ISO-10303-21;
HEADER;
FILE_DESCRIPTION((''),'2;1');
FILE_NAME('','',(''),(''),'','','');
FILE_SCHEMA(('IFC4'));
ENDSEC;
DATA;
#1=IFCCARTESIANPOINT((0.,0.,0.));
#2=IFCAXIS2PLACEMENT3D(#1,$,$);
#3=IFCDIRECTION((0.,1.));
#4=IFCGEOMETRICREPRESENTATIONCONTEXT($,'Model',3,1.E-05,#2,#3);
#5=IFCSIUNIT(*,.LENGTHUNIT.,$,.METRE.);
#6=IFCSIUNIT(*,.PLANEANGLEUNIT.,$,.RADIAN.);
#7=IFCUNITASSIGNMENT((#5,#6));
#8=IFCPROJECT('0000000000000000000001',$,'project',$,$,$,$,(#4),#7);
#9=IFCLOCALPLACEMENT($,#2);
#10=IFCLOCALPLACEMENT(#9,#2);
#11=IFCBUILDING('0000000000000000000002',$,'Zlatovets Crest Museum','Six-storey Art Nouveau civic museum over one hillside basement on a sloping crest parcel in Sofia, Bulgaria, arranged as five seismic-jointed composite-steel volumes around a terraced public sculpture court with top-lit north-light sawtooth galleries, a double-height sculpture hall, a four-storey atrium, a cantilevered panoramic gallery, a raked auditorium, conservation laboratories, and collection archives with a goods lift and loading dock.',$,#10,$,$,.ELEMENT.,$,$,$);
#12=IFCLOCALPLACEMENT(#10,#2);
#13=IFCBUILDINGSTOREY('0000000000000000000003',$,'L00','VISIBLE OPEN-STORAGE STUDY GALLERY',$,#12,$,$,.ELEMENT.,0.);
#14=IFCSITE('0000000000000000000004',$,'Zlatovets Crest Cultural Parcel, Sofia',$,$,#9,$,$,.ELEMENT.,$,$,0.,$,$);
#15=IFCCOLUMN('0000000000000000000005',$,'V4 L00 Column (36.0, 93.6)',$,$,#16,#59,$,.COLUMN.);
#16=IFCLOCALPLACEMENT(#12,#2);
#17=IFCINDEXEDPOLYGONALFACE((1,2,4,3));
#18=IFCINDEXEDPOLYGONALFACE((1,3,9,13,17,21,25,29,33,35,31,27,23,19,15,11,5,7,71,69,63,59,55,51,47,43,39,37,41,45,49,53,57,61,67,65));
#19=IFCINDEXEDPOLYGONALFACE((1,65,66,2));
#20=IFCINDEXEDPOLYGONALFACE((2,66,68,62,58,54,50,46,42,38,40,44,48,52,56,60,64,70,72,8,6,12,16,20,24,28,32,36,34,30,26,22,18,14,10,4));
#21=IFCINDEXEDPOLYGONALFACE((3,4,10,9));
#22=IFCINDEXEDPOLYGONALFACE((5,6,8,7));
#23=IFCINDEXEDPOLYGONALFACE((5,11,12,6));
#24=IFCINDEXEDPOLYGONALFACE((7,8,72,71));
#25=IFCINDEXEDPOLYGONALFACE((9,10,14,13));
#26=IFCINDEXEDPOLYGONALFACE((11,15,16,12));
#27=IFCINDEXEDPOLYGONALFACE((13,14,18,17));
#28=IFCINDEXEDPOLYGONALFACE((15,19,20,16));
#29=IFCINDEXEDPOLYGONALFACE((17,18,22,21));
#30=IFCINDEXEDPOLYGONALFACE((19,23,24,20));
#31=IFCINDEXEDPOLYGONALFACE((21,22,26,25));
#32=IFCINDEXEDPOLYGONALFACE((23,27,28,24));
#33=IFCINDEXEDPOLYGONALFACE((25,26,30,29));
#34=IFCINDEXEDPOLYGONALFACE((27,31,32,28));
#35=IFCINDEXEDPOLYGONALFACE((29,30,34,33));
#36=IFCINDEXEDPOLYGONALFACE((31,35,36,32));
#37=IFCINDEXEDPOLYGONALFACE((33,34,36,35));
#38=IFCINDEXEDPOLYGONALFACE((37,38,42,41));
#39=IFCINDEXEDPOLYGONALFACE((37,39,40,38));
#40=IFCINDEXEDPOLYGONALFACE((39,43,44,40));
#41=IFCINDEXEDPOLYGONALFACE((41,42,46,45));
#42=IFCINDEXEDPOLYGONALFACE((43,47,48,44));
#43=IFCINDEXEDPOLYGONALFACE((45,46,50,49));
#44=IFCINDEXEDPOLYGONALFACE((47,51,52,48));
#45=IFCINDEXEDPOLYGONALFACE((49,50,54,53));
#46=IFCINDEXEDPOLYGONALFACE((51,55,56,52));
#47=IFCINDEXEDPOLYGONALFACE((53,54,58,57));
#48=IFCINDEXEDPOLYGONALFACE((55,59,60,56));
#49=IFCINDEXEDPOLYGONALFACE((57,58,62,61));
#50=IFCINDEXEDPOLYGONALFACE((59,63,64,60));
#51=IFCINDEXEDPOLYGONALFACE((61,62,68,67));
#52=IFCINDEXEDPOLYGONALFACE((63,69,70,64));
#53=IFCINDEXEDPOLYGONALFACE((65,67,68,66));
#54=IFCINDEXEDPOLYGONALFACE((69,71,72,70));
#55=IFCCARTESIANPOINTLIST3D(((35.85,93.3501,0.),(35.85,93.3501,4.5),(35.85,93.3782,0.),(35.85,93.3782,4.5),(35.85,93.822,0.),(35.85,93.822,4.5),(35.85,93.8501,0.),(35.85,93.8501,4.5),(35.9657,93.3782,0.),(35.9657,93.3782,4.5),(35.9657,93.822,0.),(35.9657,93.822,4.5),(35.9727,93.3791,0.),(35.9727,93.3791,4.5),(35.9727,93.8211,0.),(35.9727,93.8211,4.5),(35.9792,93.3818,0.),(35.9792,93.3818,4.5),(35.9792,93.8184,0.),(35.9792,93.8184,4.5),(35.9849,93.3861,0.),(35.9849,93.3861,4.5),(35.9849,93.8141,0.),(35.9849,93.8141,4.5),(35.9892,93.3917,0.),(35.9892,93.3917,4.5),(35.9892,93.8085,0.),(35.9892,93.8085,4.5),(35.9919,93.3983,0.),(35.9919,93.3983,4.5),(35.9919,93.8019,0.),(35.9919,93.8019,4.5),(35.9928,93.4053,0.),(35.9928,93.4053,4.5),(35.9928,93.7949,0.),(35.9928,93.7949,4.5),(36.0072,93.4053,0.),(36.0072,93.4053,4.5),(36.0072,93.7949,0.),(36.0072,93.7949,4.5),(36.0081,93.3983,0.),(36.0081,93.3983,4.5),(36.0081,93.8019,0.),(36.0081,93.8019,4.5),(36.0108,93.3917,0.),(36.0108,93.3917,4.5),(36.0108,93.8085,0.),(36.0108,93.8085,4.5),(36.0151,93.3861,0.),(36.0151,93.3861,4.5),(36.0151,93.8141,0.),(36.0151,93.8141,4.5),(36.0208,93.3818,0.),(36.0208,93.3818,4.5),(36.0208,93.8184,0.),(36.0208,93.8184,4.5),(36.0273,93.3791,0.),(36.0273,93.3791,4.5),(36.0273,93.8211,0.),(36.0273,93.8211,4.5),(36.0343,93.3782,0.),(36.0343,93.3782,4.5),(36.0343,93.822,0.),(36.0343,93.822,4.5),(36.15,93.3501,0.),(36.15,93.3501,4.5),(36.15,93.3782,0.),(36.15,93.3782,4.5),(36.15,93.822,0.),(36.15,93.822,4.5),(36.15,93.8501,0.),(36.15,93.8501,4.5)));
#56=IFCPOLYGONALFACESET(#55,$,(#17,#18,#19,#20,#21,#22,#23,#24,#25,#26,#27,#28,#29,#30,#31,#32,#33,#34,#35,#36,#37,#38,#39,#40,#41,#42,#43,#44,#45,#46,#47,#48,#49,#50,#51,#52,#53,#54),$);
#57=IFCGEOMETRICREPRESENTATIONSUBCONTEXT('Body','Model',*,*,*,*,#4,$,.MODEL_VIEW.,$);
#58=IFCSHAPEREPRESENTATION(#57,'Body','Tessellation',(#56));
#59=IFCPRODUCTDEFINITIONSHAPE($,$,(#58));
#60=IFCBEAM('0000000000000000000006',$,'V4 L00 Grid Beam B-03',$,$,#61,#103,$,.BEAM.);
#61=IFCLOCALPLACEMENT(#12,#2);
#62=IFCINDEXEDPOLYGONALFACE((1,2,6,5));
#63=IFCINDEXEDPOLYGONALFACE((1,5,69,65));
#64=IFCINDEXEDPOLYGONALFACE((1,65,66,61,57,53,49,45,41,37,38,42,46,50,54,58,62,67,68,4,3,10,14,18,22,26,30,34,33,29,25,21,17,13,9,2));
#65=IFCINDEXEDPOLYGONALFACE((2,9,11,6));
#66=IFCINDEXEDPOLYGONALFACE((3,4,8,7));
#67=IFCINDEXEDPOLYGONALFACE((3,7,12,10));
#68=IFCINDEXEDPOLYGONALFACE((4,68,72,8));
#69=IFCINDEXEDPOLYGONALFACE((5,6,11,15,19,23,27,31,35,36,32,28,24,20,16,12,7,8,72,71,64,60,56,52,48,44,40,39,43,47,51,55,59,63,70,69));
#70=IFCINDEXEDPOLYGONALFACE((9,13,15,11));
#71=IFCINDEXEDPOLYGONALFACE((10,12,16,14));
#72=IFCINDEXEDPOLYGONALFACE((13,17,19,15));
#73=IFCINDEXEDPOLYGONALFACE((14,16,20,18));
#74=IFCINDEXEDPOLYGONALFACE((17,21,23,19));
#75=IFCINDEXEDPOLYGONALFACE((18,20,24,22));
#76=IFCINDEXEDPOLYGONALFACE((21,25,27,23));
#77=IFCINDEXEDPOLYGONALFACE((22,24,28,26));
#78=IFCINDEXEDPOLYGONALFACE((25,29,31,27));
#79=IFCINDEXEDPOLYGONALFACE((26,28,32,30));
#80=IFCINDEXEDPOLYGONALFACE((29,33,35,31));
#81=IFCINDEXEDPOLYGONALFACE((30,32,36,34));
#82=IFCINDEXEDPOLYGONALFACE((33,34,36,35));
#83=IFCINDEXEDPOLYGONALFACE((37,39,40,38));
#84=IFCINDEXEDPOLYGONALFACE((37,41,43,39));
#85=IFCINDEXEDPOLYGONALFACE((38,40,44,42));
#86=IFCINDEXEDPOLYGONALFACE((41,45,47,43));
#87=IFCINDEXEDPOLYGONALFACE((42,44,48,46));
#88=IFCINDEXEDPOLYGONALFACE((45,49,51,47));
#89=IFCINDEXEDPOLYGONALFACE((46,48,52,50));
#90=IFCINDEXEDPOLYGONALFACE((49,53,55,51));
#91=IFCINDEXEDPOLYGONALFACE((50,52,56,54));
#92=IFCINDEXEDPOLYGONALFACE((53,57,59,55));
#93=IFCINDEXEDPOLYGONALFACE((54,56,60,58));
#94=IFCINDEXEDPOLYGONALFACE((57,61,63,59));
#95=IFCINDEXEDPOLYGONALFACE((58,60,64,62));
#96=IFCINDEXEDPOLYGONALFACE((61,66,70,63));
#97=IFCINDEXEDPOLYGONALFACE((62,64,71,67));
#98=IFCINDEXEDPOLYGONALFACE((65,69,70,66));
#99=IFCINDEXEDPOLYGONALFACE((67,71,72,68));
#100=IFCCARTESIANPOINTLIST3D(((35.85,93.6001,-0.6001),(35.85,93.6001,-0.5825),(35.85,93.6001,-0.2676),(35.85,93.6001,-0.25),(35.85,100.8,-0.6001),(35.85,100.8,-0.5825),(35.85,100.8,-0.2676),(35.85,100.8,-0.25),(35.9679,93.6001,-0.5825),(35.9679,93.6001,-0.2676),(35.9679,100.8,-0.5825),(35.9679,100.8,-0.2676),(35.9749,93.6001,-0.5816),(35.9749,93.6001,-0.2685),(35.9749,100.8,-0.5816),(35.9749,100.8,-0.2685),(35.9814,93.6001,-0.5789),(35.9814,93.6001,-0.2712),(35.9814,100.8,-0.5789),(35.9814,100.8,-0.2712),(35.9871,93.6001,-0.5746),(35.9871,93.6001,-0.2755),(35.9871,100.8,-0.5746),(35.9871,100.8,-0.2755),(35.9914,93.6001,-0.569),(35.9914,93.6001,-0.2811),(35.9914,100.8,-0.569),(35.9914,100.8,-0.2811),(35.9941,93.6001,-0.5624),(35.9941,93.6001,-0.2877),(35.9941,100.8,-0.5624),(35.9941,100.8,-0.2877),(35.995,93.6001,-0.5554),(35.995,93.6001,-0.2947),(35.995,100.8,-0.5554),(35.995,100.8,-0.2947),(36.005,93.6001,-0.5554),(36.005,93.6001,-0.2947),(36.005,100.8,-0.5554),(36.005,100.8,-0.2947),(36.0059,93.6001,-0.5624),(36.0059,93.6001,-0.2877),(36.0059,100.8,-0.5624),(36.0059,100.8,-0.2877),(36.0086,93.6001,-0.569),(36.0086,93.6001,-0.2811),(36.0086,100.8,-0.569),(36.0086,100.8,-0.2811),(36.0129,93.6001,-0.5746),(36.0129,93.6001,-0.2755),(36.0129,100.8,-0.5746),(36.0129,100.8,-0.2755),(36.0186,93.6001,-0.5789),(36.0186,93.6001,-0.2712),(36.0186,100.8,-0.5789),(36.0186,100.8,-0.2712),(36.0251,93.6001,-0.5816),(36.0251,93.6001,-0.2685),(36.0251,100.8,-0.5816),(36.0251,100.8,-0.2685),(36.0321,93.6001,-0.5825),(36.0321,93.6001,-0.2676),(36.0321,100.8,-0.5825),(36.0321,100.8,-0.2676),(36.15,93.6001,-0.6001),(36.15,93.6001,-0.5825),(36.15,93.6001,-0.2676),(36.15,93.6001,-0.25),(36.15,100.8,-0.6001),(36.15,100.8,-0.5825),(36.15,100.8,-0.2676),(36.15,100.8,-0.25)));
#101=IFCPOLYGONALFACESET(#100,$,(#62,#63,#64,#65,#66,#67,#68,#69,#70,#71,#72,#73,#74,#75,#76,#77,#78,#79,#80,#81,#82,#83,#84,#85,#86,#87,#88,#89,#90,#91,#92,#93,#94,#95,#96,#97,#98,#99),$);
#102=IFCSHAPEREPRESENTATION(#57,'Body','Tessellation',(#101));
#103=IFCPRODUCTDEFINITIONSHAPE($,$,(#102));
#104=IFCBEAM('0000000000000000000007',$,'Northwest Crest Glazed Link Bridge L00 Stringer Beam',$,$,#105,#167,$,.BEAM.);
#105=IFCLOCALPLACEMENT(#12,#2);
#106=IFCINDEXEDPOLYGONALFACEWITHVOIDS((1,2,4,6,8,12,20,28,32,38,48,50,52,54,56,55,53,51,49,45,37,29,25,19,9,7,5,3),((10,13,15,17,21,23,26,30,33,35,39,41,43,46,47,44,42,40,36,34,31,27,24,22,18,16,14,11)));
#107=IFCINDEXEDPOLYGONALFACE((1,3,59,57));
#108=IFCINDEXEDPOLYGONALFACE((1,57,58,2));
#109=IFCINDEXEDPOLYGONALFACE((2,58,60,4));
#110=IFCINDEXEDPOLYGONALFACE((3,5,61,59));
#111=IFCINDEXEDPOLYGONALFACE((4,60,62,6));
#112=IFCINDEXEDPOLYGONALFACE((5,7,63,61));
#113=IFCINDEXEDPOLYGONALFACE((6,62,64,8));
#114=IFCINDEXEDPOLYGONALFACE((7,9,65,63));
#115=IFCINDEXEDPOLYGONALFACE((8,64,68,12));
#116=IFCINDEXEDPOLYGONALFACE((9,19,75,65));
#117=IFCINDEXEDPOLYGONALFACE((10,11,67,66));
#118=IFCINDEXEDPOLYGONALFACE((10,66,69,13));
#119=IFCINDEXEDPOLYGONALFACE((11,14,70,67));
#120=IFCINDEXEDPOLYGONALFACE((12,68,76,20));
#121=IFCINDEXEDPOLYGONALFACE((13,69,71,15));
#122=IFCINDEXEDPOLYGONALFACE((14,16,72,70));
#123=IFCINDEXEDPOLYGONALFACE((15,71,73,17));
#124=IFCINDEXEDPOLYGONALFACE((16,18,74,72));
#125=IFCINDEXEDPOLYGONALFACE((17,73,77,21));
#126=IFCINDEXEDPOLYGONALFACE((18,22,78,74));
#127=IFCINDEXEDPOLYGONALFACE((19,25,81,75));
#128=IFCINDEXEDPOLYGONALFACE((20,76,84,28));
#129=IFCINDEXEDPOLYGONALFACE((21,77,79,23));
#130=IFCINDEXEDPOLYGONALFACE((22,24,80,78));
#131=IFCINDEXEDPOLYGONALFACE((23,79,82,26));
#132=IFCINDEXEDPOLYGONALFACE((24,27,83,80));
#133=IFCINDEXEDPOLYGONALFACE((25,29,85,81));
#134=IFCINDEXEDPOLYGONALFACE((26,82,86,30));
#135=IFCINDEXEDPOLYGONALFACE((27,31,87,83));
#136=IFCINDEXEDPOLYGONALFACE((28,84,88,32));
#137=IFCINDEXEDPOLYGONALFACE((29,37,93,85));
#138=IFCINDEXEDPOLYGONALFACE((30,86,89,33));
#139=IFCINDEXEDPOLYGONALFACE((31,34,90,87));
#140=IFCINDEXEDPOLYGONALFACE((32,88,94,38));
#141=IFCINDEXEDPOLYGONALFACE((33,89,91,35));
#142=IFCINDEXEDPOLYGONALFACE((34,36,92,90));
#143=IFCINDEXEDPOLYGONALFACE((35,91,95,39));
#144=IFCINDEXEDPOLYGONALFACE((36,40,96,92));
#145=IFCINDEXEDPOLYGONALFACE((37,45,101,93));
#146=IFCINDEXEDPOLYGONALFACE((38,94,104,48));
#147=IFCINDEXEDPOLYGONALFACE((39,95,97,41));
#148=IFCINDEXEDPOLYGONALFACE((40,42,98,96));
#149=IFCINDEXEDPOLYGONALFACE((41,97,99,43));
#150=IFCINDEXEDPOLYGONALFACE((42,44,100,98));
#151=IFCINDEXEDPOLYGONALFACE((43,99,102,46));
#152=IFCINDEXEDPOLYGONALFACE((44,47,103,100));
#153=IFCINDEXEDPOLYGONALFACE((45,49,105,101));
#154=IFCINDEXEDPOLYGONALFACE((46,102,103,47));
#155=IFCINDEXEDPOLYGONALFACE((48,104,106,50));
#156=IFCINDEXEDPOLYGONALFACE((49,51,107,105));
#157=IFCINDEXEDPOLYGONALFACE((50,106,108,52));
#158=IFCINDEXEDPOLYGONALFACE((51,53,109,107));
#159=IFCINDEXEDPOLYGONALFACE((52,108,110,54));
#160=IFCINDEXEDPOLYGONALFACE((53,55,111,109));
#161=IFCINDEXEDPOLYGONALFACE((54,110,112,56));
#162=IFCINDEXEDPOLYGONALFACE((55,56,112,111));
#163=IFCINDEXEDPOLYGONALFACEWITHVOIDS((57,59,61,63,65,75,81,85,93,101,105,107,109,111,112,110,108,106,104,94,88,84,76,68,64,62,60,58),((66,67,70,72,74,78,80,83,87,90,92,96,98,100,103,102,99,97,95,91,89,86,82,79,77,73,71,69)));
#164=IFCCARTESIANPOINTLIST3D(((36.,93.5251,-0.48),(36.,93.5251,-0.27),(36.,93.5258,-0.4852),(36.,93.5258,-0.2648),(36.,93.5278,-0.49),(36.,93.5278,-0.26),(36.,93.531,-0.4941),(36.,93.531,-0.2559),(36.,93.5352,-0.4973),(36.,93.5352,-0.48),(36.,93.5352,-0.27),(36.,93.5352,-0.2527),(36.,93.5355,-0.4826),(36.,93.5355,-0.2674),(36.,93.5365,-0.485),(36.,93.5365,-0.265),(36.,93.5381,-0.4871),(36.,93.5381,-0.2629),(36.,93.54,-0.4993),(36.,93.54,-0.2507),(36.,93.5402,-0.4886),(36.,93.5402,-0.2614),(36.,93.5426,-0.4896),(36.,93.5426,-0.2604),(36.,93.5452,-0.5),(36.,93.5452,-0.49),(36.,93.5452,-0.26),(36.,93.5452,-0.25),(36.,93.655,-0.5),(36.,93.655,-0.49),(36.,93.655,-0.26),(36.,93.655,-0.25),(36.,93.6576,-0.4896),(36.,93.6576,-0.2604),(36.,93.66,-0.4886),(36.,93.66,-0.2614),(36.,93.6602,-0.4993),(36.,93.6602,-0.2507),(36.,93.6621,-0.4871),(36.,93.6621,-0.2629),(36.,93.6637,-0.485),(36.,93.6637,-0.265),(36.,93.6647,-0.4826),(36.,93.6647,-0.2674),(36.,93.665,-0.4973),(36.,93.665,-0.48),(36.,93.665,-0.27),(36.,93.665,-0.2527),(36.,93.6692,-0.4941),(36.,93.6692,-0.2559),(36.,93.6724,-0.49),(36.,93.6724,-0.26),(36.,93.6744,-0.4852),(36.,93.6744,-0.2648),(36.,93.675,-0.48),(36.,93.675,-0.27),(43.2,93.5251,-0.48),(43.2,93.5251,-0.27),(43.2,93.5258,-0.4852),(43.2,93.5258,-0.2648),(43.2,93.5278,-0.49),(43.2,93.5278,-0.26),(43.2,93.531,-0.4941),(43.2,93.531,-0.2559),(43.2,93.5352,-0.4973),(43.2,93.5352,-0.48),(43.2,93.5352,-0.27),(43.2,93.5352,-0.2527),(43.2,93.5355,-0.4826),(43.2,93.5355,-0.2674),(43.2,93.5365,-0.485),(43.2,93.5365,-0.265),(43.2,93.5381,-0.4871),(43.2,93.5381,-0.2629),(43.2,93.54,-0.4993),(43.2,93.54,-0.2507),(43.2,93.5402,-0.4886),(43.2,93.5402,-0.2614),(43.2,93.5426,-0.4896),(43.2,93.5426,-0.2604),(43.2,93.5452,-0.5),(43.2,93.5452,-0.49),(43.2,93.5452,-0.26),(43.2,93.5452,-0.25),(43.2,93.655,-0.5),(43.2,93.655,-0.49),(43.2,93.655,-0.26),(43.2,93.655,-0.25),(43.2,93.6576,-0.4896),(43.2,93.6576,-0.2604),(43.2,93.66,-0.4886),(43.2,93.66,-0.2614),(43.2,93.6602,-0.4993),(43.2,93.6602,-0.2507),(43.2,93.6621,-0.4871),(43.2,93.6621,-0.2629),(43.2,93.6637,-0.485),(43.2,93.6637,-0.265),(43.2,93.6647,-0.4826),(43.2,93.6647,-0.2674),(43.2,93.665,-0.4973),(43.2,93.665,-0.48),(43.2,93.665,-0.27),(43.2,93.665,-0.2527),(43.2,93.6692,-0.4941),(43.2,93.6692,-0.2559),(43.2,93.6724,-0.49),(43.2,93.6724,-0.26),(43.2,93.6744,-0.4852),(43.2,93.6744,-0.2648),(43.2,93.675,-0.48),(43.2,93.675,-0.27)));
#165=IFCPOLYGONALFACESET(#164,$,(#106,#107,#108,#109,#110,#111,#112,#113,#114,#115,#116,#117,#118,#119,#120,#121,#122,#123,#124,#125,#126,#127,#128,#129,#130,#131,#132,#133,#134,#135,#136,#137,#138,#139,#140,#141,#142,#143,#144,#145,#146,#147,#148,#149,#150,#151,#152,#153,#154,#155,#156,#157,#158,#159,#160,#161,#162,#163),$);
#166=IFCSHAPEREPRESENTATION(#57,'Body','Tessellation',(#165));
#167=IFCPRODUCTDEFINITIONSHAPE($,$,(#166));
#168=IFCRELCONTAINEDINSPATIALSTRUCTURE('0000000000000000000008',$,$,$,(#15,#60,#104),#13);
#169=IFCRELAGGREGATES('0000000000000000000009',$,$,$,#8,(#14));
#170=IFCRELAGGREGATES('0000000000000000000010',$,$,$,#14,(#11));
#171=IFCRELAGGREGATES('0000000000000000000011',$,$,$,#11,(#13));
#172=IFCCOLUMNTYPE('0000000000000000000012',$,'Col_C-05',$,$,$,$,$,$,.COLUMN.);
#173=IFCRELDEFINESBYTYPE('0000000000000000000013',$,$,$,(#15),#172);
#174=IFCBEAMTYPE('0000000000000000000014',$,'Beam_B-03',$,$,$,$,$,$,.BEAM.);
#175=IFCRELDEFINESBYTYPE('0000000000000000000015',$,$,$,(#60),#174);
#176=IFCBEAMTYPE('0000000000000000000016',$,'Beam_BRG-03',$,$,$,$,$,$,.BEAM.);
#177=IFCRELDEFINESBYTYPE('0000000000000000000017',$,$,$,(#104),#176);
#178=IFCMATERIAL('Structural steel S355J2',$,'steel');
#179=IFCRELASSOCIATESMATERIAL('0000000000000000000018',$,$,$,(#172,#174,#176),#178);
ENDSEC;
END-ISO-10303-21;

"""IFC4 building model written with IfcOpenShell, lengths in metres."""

from ifc_helpers import new_model, si_unit, direction, frame, origin, origin_2d, place, context, subcontext, project, spatial, hollow_rectangle, i_section, extrude, material, material_profile, profile_set, type_object, element, save


model = new_model("IFC4")

# Units and contexts
model_context = context("Model", 3, precision=1e-05, world=origin(), true_north=direction((0.0, 1.0)))
body_context = subcontext(model_context, "Body", "Model", "MODEL_VIEW")
ifc_project = project(units=[si_unit("LENGTHUNIT", "METRE"), si_unit("PLANEANGLEUNIT", "RADIAN")], contexts=[model_context])

# Site, building, storey
site_placement = place(None, origin())
site = spatial("IfcSite", under=ifc_project, at=site_placement, Name="Zlatovets Crest Cultural Parcel, Sofia", CompositionType="ELEMENT", RefElevation=0.0)
building_placement = place(site_placement, origin())
building = spatial("IfcBuilding", under=site, at=building_placement, Name="Zlatovets Crest Museum", Description="Six-storey Art Nouveau civic museum over one hillside basement on a sloping crest parcel in Sofia, Bulgaria, arranged as five seismic-jointed composite-steel volumes around a terraced public sculpture court with top-lit north-light sawtooth galleries, a double-height sculpture hall, a four-storey atrium, a cantilevered panoramic gallery, a raked auditorium, conservation laboratories, and collection archives with a goods lift and loading dock.", CompositionType="ELEMENT")
storey_placement = place(building_placement, origin())
storey = spatial("IfcBuildingStorey", under=building, at=storey_placement, Name="L00", Description="VISIBLE OPEN-STORAGE STUDY GALLERY", CompositionType="ELEMENT", Elevation=0.0)

# Column
ifc_material_1 = material(Name="Structural steel S355J2", Category="steel")
ifc_material_profile_1 = material_profile(ifc_material_1, i_section(OverallWidth=0.3, OverallDepth=0.5, WebThickness=0.0144, FlangeThickness=0.0281, FilletRadius=0.0271, at=origin_2d()), Name="HEB 500")
ifc_profile_set_1 = profile_set([ifc_material_profile_1], Name="Structural steel S355J2")
column_type = type_object("IfcColumnType", Name="Col_C-05", PredefinedType="COLUMN", material=ifc_profile_set_1)
column_placement = place(storey_placement, frame((36.0, 93.6001, 0.0), z_axis=(0.0, 0.0, 1.0), x_axis=(1.0, 0.0, 0.0)))
element("IfcColumn", 1, at=column_placement, inside=storey, type_object=column_type, Name="V4 L00 Column (36.0, 93.6)", PredefinedType="COLUMN", context=body_context, shape_type="SweptSolid", body=[
    extrude(i_section(OverallWidth=0.3, OverallDepth=0.5, WebThickness=0.0144, FlangeThickness=0.0281, FilletRadius=0.0271, at=origin_2d()), origin(), (0.0, 0.0, 1.0), 4.5),
])

# Beams
ifc_material_profile_2 = material_profile(ifc_material_1, i_section(OverallWidth=0.3, OverallDepth=0.3501, WebThickness=0.01, FlangeThickness=0.0176, FilletRadius=0.0271, at=origin_2d()), Name="HEA 360")
ifc_profile_set_2 = profile_set([ifc_material_profile_2], Name="Structural steel S355J2")
beam_type_1 = type_object("IfcBeamType", Name="Beam_B-03", PredefinedType="BEAM", material=ifc_profile_set_2)
beam_1_placement = place(storey_placement, frame((36.0, 93.6001, -0.425), z_axis=(0.0, 1.0, 0.0), x_axis=(-1.0, 0.0, 0.0)))
element("IfcBeam", 2, at=beam_1_placement, inside=storey, type_object=beam_type_1, Name="V4 L00 Grid Beam B-03", PredefinedType="BEAM", context=body_context, shape_type="SweptSolid", body=[
    extrude(i_section(OverallWidth=0.3, OverallDepth=0.3501, WebThickness=0.01, FlangeThickness=0.0176, FilletRadius=0.0271, at=origin_2d()), origin(), (0.0, 0.0, 1.0), 7.2),
])
ifc_material_profile_3 = material_profile(ifc_material_1, hollow_rectangle(XDim=0.1499, YDim=0.25, WallThickness=0.01, InnerFilletRadius=0.01, OuterFilletRadius=0.02, at=origin_2d()), Name="RHS 150x250x10.0")
ifc_profile_set_3 = profile_set([ifc_material_profile_3], Name="Structural steel S355J2")
beam_type_2 = type_object("IfcBeamType", Name="Beam_BRG-03", PredefinedType="BEAM", material=ifc_profile_set_3)
beam_2_placement = place(storey_placement, frame((36.0, 93.6001, -0.375), z_axis=(1.0, 0.0, 0.0), x_axis=(0.0, 1.0, 0.0)))
element("IfcBeam", 3, at=beam_2_placement, inside=storey, type_object=beam_type_2, Name="Northwest Crest Glazed Link Bridge L00 Stringer Beam", PredefinedType="BEAM", context=body_context, shape_type="SweptSolid", body=[
    extrude(hollow_rectangle(XDim=0.1499, YDim=0.25, WallThickness=0.01, InnerFilletRadius=0.01, OuterFilletRadius=0.02, at=origin_2d()), origin(), (0.0, 0.0, 1.0), 7.2),
])

save(model, "model.ifc")
